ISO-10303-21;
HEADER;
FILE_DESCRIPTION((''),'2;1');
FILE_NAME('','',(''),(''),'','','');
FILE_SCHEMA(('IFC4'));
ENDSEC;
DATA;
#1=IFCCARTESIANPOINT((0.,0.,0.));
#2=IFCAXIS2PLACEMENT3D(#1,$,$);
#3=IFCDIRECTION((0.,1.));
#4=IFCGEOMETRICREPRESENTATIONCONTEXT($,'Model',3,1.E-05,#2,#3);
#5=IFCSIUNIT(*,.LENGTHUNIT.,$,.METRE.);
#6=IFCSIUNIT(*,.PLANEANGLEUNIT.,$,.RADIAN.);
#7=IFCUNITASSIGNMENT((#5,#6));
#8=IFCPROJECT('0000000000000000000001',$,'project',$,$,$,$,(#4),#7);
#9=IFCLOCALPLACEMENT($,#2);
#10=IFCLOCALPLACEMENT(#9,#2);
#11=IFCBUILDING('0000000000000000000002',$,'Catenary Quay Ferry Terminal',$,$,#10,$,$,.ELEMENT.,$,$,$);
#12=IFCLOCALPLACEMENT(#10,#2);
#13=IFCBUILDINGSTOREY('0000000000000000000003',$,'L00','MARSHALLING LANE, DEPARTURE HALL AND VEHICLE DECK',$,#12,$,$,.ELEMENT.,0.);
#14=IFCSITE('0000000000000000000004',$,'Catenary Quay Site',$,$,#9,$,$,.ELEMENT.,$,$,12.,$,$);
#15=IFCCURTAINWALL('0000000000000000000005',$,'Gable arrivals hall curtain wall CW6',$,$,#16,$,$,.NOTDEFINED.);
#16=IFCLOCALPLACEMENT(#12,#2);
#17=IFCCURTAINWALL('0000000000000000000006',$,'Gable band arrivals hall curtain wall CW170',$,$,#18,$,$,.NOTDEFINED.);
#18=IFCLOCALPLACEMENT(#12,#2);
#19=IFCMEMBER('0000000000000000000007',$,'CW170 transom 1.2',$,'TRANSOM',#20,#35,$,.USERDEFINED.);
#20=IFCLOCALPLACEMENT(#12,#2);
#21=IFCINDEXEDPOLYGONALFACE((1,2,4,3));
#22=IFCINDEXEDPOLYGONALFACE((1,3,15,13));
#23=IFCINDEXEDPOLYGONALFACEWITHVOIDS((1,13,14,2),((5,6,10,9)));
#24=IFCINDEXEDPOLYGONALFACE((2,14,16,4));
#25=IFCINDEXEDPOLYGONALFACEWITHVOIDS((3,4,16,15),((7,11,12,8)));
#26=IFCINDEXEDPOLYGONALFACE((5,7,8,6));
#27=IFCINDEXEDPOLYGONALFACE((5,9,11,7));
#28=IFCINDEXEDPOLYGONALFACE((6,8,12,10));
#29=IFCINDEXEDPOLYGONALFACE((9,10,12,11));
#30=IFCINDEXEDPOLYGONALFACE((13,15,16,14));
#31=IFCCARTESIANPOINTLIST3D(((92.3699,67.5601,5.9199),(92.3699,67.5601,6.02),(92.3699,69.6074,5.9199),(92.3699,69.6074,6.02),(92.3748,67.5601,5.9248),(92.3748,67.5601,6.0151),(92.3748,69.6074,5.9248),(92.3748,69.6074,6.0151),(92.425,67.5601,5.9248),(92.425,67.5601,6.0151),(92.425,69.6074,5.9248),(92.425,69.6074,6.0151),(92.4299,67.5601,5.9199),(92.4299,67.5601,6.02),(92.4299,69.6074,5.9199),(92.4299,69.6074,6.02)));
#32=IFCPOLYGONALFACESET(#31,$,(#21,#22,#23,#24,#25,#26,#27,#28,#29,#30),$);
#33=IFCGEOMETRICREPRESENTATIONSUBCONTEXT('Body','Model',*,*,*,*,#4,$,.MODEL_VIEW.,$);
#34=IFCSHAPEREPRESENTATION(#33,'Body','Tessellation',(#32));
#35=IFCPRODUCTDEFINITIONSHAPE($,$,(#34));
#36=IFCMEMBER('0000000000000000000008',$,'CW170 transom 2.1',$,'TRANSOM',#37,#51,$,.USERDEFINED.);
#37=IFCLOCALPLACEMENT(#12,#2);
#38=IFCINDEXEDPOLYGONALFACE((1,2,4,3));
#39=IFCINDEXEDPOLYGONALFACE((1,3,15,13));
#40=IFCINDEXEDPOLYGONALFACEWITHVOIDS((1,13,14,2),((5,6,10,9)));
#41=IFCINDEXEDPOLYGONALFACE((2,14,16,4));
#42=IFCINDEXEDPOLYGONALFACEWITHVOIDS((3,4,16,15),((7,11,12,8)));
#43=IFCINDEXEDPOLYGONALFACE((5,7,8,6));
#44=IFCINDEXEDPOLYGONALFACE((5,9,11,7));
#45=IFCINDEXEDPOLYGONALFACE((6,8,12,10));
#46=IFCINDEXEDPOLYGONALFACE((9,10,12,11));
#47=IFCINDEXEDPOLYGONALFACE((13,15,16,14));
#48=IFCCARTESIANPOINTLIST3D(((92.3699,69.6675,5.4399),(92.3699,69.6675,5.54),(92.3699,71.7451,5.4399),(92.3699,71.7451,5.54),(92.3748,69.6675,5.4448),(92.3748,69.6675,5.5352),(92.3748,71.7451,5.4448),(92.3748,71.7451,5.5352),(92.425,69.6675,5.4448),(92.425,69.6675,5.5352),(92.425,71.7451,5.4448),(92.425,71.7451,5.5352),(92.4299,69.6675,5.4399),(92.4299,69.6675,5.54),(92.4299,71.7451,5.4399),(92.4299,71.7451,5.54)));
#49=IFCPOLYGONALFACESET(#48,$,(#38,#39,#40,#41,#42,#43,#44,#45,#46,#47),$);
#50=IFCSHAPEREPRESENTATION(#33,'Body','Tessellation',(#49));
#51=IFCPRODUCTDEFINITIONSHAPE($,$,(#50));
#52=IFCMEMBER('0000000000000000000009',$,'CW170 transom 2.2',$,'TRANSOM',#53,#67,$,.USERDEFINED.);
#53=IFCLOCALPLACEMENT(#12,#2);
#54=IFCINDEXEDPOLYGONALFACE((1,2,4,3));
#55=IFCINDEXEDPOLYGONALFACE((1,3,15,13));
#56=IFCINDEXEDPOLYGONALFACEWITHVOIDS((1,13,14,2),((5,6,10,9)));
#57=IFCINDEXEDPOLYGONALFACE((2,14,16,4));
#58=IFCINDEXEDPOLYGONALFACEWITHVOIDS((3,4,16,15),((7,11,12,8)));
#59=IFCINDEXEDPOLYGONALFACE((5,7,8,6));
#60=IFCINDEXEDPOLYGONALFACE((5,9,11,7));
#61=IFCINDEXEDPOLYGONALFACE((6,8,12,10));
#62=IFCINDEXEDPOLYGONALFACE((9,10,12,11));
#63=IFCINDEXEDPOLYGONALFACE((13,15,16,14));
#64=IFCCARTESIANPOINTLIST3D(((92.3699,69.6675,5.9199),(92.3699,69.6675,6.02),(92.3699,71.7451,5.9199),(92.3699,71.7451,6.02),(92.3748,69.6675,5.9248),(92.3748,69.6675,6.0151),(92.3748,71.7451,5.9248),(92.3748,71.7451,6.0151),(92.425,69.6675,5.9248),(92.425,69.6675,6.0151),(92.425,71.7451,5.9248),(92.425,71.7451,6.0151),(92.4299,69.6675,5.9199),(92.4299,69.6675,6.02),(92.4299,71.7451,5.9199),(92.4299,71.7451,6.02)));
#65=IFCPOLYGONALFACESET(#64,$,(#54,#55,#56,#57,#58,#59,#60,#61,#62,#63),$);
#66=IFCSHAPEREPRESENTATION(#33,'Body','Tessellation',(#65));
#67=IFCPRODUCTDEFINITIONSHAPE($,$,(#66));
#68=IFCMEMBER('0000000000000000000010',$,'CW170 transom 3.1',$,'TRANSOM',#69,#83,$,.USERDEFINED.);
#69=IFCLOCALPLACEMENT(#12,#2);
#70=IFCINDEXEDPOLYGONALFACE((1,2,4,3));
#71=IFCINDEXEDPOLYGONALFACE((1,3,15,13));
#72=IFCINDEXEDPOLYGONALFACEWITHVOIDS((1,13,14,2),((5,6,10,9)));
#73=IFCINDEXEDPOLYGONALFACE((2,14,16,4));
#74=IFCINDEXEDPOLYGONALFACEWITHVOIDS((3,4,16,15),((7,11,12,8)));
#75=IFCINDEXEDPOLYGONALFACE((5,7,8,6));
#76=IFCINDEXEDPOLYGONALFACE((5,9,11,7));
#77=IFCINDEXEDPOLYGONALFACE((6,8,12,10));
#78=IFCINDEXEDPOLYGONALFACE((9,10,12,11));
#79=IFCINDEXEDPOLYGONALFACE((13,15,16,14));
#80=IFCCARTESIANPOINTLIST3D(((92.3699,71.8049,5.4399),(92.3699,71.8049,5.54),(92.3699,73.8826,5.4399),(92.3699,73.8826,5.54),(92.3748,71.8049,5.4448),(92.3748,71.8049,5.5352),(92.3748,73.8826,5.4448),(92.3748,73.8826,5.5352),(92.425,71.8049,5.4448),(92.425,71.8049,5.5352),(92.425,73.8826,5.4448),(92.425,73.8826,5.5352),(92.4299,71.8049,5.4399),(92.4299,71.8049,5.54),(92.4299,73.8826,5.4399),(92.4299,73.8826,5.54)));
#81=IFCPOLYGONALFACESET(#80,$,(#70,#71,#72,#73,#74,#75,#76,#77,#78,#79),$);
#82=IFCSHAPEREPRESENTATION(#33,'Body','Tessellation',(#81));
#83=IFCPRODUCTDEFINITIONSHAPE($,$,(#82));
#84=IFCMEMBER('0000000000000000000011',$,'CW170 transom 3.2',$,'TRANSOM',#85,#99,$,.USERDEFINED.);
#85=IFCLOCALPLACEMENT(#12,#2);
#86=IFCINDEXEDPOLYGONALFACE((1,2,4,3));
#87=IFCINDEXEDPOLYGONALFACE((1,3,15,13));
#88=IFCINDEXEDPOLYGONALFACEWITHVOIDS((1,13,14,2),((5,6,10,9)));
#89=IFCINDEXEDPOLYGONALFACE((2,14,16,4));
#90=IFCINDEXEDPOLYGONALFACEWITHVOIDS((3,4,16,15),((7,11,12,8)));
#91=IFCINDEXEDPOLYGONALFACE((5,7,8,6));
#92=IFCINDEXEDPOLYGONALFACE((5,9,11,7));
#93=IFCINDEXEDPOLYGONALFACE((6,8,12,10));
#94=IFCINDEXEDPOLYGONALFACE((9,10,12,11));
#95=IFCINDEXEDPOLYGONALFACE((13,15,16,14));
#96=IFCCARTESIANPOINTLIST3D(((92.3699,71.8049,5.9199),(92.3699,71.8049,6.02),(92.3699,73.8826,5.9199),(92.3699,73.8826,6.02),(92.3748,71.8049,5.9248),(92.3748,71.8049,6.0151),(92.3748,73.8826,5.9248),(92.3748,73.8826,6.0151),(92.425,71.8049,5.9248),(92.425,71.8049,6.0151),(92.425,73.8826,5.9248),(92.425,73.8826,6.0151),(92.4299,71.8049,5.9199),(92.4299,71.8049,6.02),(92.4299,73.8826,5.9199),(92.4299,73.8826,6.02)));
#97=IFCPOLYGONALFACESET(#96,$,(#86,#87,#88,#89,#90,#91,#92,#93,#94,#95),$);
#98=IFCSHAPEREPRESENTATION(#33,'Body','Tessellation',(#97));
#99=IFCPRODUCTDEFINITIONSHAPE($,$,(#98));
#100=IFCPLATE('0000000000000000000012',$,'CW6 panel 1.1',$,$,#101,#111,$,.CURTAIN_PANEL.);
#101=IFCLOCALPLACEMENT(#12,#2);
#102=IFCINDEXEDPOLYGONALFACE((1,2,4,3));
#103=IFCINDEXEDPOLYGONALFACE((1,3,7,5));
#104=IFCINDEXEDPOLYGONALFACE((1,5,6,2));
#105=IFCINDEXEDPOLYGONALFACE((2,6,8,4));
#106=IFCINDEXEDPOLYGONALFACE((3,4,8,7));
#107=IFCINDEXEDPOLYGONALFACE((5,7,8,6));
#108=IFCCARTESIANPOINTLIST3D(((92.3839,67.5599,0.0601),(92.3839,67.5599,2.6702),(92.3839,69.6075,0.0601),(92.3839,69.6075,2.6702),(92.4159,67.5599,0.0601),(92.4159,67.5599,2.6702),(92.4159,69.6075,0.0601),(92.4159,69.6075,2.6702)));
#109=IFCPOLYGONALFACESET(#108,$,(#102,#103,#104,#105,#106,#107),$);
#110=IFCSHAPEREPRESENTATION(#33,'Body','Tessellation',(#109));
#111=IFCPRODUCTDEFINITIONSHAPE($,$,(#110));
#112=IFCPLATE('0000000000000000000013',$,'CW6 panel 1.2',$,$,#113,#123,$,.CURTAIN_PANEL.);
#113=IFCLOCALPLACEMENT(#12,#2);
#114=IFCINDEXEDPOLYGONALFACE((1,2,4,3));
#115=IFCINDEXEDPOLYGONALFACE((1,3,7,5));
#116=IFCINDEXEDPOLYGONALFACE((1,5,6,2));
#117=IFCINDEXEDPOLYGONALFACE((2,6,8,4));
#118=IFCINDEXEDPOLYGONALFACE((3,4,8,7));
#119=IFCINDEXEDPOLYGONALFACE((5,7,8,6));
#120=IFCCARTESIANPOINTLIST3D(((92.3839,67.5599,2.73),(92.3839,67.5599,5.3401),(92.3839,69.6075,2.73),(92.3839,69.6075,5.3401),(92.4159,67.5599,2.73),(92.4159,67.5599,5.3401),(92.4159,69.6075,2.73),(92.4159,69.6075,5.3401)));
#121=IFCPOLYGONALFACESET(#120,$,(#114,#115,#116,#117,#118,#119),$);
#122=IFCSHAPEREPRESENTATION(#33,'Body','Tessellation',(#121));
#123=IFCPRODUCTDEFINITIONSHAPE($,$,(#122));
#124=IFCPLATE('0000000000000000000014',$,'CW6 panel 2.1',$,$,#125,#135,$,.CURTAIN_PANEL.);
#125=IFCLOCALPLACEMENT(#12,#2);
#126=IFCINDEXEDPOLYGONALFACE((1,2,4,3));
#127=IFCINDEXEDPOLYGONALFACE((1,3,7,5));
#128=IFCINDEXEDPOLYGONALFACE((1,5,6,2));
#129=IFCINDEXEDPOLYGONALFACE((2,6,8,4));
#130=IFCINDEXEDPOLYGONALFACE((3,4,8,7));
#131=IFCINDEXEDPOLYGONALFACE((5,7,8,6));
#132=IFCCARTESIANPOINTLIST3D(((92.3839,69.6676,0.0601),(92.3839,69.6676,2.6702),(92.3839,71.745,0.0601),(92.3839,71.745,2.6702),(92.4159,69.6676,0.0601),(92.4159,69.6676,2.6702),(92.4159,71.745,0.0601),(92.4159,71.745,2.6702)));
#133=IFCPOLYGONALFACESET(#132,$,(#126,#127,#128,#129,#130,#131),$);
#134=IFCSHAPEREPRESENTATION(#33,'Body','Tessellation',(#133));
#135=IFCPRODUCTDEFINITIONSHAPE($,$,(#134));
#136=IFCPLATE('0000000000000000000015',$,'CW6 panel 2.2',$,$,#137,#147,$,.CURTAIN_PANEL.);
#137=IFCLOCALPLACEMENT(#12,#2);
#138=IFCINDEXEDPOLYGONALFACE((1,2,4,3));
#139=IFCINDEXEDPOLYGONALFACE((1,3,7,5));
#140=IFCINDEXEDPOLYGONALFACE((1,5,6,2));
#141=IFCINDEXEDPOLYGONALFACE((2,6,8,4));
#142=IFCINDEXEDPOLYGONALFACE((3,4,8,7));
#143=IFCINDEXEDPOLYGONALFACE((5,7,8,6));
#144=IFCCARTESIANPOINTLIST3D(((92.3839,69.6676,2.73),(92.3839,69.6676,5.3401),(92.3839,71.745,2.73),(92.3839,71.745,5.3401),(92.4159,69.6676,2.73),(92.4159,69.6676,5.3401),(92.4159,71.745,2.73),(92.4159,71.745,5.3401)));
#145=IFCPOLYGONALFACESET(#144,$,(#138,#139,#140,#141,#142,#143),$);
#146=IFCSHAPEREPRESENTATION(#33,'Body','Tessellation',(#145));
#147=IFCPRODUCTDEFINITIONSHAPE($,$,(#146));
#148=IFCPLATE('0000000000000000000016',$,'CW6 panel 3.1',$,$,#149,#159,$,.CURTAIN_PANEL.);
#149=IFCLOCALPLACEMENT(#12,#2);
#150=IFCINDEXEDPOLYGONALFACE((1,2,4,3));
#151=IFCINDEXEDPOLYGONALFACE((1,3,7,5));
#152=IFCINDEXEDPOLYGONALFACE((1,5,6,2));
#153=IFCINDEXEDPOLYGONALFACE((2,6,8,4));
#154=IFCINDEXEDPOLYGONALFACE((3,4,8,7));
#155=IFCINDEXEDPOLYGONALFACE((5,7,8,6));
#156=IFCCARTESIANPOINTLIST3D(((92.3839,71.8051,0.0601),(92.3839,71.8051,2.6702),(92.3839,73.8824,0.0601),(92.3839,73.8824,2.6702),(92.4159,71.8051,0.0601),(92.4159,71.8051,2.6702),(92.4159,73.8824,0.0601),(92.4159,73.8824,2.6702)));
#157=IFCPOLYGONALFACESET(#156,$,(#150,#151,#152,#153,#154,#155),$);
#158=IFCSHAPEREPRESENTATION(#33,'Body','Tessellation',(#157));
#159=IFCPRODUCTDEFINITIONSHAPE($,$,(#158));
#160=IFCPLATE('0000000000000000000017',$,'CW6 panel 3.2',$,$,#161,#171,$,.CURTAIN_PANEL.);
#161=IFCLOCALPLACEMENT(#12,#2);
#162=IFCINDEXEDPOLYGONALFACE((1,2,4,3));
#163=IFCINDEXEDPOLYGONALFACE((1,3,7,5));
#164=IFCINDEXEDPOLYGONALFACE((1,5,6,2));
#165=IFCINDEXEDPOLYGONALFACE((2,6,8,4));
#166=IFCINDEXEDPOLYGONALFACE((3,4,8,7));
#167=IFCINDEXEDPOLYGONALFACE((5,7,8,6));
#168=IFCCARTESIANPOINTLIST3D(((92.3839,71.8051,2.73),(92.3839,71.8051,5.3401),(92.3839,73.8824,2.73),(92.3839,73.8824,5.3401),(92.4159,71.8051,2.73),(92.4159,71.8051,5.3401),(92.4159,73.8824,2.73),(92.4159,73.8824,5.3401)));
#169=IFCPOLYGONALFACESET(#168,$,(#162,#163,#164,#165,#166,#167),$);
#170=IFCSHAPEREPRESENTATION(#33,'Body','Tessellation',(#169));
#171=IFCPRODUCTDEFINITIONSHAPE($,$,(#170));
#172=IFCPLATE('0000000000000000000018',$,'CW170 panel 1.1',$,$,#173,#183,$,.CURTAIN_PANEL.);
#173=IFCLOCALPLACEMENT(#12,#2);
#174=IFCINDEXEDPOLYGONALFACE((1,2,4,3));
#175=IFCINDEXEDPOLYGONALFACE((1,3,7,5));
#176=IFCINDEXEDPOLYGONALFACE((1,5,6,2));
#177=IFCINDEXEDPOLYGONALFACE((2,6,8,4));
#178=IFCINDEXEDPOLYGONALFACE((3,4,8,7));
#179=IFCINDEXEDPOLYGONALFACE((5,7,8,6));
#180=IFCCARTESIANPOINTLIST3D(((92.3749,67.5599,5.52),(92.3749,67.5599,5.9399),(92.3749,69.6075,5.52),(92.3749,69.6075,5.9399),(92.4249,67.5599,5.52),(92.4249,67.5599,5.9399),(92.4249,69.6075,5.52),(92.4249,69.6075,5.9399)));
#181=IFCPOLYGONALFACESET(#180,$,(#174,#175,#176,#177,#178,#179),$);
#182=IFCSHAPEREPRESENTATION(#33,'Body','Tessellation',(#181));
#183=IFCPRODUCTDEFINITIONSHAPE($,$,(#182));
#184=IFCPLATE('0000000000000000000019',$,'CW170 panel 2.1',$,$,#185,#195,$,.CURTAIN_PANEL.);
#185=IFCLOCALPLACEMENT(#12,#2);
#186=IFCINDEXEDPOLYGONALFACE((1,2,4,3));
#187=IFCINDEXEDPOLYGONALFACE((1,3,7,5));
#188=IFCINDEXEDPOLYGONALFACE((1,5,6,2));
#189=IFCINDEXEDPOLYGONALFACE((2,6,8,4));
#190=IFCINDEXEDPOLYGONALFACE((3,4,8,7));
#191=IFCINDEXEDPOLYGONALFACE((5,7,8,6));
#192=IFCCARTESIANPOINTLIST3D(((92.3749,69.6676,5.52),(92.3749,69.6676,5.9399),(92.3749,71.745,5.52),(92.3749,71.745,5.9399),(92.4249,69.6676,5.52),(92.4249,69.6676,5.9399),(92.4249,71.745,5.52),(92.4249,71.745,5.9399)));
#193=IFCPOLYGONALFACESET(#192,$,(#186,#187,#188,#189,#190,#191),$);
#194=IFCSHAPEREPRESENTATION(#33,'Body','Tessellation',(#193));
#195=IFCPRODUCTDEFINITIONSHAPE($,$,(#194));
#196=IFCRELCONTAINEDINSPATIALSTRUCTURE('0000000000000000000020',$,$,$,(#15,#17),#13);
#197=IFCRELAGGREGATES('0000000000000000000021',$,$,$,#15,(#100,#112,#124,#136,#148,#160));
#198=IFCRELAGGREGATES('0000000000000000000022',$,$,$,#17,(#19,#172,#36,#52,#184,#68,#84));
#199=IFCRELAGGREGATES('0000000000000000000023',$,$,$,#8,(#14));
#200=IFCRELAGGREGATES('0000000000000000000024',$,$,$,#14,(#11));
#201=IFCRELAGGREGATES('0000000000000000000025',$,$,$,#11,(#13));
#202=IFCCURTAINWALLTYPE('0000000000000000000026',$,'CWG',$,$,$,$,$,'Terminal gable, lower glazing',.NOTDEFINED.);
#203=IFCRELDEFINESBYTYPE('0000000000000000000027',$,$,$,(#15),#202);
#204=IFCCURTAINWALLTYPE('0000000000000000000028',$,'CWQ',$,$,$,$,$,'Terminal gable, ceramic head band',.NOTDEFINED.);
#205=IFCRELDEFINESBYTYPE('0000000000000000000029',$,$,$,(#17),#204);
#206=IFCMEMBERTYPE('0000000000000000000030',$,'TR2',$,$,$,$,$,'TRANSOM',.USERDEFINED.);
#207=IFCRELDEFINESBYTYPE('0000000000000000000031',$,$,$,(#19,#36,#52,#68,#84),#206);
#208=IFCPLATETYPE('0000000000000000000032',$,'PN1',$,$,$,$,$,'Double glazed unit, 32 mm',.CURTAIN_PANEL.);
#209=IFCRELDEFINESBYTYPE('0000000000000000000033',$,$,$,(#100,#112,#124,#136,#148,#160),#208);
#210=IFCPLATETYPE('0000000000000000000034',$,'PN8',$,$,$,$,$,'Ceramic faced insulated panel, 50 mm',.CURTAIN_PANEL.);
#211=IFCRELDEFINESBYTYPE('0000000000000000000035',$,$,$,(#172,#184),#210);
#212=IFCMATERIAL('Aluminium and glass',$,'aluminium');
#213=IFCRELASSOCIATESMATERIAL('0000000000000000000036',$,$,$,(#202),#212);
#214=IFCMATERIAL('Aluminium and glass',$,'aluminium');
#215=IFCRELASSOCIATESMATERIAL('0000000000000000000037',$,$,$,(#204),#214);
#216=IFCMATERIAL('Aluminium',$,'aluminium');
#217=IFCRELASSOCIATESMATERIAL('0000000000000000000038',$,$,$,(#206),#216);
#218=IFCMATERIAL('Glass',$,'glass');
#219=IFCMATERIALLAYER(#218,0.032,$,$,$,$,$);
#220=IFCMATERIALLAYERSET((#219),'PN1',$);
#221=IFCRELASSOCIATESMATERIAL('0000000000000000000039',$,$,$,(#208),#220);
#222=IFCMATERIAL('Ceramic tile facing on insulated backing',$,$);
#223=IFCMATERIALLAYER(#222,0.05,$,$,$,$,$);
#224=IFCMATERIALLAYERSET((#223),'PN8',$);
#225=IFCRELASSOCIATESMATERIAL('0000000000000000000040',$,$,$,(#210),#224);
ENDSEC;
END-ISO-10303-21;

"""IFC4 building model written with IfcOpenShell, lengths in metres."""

from ifc_helpers import new_model, si_unit, direction, frame, origin, origin_2d, place, context, subcontext, project, spatial, rectangle, hollow_rectangle, extrude, material, layer, layer_set, material_profile, profile_set, type_object, element, aggregate, save


model = new_model("IFC4")

# Units and contexts
model_context = context("Model", 3, precision=1e-05, world=origin(), true_north=direction((0.0, 1.0)))
body_context = subcontext(model_context, "Body", "Model", "MODEL_VIEW")
ifc_project = project(units=[si_unit("LENGTHUNIT", "METRE"), si_unit("PLANEANGLEUNIT", "RADIAN")], contexts=[model_context])

# Site, building, storey
site_placement = place(None, origin())
site = spatial("IfcSite", under=ifc_project, at=site_placement, Name="Catenary Quay Site", CompositionType="ELEMENT", RefElevation=12.0)
building_placement = place(site_placement, origin())
building = spatial("IfcBuilding", under=site, at=building_placement, Name="Catenary Quay Ferry Terminal", CompositionType="ELEMENT")
storey_placement = place(building_placement, origin())
storey = spatial("IfcBuildingStorey", under=building, at=storey_placement, Name="L00", Description="MARSHALLING LANE, DEPARTURE HALL AND VEHICLE DECK", CompositionType="ELEMENT", Elevation=0.0)

# Curtain walls
ifc_material_1 = material(Name="Aluminium and glass", Category="aluminium")
curtain_wall_type_1 = type_object("IfcCurtainWallType", Name="CWG", ElementType="Terminal gable, lower glazing", PredefinedType="NOTDEFINED", material=ifc_material_1)
curtain_wall_1_placement = place(storey_placement, origin())
curtain_wall_1 = element("IfcCurtainWall", 1, at=curtain_wall_1_placement, inside=storey, type_object=curtain_wall_type_1, Name="Gable arrivals hall curtain wall CW6", PredefinedType="NOTDEFINED")
ifc_material_2 = material(Name="Aluminium and glass", Category="aluminium")
curtain_wall_type_2 = type_object("IfcCurtainWallType", Name="CWQ", ElementType="Terminal gable, ceramic head band", PredefinedType="NOTDEFINED", material=ifc_material_2)
curtain_wall_2_placement = place(storey_placement, origin())
curtain_wall_2 = element("IfcCurtainWall", 2, at=curtain_wall_2_placement, inside=storey, type_object=curtain_wall_type_2, Name="Gable band arrivals hall curtain wall CW170", PredefinedType="NOTDEFINED")

# Members
ifc_material_3 = material(Name="Aluminium", Category="aluminium")
ifc_material_profile_1 = material_profile(ifc_material_3, hollow_rectangle(XDim=0.0601, YDim=0.1001, WallThickness=0.0049, at=origin_2d()), Name="TR2")
ifc_profile_set_1 = profile_set([ifc_material_profile_1], Name="Aluminium")
member_type_1 = type_object("IfcMemberType", Name="TR2", ElementType="TRANSOM", PredefinedType="USERDEFINED", material=ifc_profile_set_1)
member_1_placement = place(storey_placement, frame((92.3999, 67.5601, 5.97), z_axis=(0.0, 1.0, 0.0), x_axis=(-1.0, 0.0, 0.0)))
member_1 = element("IfcMember", 3, at=member_1_placement, type_object=member_type_1, Name="CW170 transom 1.2", ObjectType="TRANSOM", PredefinedType="USERDEFINED", context=body_context, shape_type="SweptSolid", body=[
    extrude(hollow_rectangle(XDim=0.0601, YDim=0.1001, WallThickness=0.0049, at=origin_2d()), origin(), (0.0, 0.0, 1.0), 2.0474),
])
member_2_placement = place(storey_placement, frame((92.3999, 69.6675, 5.49), z_axis=(0.0, 1.0, 0.0), x_axis=(-1.0, 0.0, 0.0)))
member_2 = element("IfcMember", 4, at=member_2_placement, type_object=member_type_1, Name="CW170 transom 2.1", ObjectType="TRANSOM", PredefinedType="USERDEFINED", context=body_context, shape_type="SweptSolid", body=[
    extrude(hollow_rectangle(XDim=0.0601, YDim=0.1001, WallThickness=0.0049, at=origin_2d()), origin(), (0.0, 0.0, 1.0), 2.0776),
])
member_3_placement = place(storey_placement, frame((92.3999, 69.6675, 5.97), z_axis=(0.0, 1.0, 0.0), x_axis=(-1.0, 0.0, 0.0)))
member_3 = element("IfcMember", 5, at=member_3_placement, type_object=member_type_1, Name="CW170 transom 2.2", ObjectType="TRANSOM", PredefinedType="USERDEFINED", context=body_context, shape_type="SweptSolid", body=[
    extrude(hollow_rectangle(XDim=0.0601, YDim=0.1001, WallThickness=0.0049, at=origin_2d()), origin(), (0.0, 0.0, 1.0), 2.0776),
])
member_4_placement = place(storey_placement, frame((92.3999, 71.8049, 5.49), z_axis=(0.0, 1.0, 0.0), x_axis=(-1.0, 0.0, 0.0)))
member_4 = element("IfcMember", 6, at=member_4_placement, type_object=member_type_1, Name="CW170 transom 3.1", ObjectType="TRANSOM", PredefinedType="USERDEFINED", context=body_context, shape_type="SweptSolid", body=[
    extrude(hollow_rectangle(XDim=0.0601, YDim=0.1001, WallThickness=0.0049, at=origin_2d()), origin(), (0.0, 0.0, 1.0), 2.0776),
])
member_5_placement = place(storey_placement, frame((92.3999, 71.8049, 5.97), z_axis=(0.0, 1.0, 0.0), x_axis=(-1.0, 0.0, 0.0)))
member_5 = element("IfcMember", 7, at=member_5_placement, type_object=member_type_1, Name="CW170 transom 3.2", ObjectType="TRANSOM", PredefinedType="USERDEFINED", context=body_context, shape_type="SweptSolid", body=[
    extrude(hollow_rectangle(XDim=0.0601, YDim=0.1001, WallThickness=0.0049, at=origin_2d()), origin(), (0.0, 0.0, 1.0), 2.0776),
])

# Plates
ifc_material_4 = material(Name="Glass", Category="glass")
ifc_layer_1 = layer(ifc_material_4, 0.032)
ifc_layer_set_1 = layer_set([ifc_layer_1], Name="PN1")
plate_type_1 = type_object("IfcPlateType", Name="PN1", ElementType="Double glazed unit, 32 mm", PredefinedType="CURTAIN_PANEL", material=ifc_layer_set_1)
plate_1_placement = place(storey_placement, frame((92.3999, 68.5837, 0.0601), z_axis=(0.0, 0.0, 1.0), x_axis=(0.0, 1.0, 0.0)))
plate_1 = element("IfcPlate", 8, at=plate_1_placement, type_object=plate_type_1, Name="CW6 panel 1.1", PredefinedType="CURTAIN_PANEL", context=body_context, shape_type="SweptSolid", body=[
    extrude(rectangle(XDim=2.0476, YDim=0.032, at=origin_2d()), origin(), (0.0, 0.0, 1.0), 2.6101),
])
plate_2_placement = place(storey_placement, frame((92.3999, 68.5837, 2.73), z_axis=(0.0, 0.0, 1.0), x_axis=(0.0, 1.0, 0.0)))
plate_2 = element("IfcPlate", 9, at=plate_2_placement, type_object=plate_type_1, Name="CW6 panel 1.2", PredefinedType="CURTAIN_PANEL", context=body_context, shape_type="SweptSolid", body=[
    extrude(rectangle(XDim=2.0476, YDim=0.032, at=origin_2d()), origin(), (0.0, 0.0, 1.0), 2.6101),
])
plate_3_placement = place(storey_placement, frame((92.3999, 70.7063, 0.0601), z_axis=(0.0, 0.0, 1.0), x_axis=(0.0, 1.0, 0.0)))
plate_3 = element("IfcPlate", 10, at=plate_3_placement, type_object=plate_type_1, Name="CW6 panel 2.1", PredefinedType="CURTAIN_PANEL", context=body_context, shape_type="SweptSolid", body=[
    extrude(rectangle(XDim=2.0774, YDim=0.032, at=origin_2d()), origin(), (0.0, 0.0, 1.0), 2.6101),
])
plate_4_placement = place(storey_placement, frame((92.3999, 70.7063, 2.73), z_axis=(0.0, 0.0, 1.0), x_axis=(0.0, 1.0, 0.0)))
plate_4 = element("IfcPlate", 11, at=plate_4_placement, type_object=plate_type_1, Name="CW6 panel 2.2", PredefinedType="CURTAIN_PANEL", context=body_context, shape_type="SweptSolid", body=[
    extrude(rectangle(XDim=2.0774, YDim=0.032, at=origin_2d()), origin(), (0.0, 0.0, 1.0), 2.6101),
])
plate_5_placement = place(storey_placement, frame((92.3999, 72.8438, 0.0601), z_axis=(0.0, 0.0, 1.0), x_axis=(0.0, 1.0, 0.0)))
plate_5 = element("IfcPlate", 12, at=plate_5_placement, type_object=plate_type_1, Name="CW6 panel 3.1", PredefinedType="CURTAIN_PANEL", context=body_context, shape_type="SweptSolid", body=[
    extrude(rectangle(XDim=2.0774, YDim=0.032, at=origin_2d()), origin(), (0.0, 0.0, 1.0), 2.6101),
])
plate_6_placement = place(storey_placement, frame((92.3999, 72.8438, 2.73), z_axis=(0.0, 0.0, 1.0), x_axis=(0.0, 1.0, 0.0)))
plate_6 = element("IfcPlate", 13, at=plate_6_placement, type_object=plate_type_1, Name="CW6 panel 3.2", PredefinedType="CURTAIN_PANEL", context=body_context, shape_type="SweptSolid", body=[
    extrude(rectangle(XDim=2.0774, YDim=0.032, at=origin_2d()), origin(), (0.0, 0.0, 1.0), 2.6101),
])
aggregate(curtain_wall_1, [plate_1, plate_2, plate_3, plate_4, plate_5, plate_6])
ifc_material_5 = material(Name="Ceramic tile facing on insulated backing")
ifc_layer_2 = layer(ifc_material_5, 0.05)
ifc_layer_set_2 = layer_set([ifc_layer_2], Name="PN8")
plate_type_2 = type_object("IfcPlateType", Name="PN8", ElementType="Ceramic faced insulated panel, 50 mm", PredefinedType="CURTAIN_PANEL", material=ifc_layer_set_2)
plate_7_placement = place(storey_placement, frame((92.3999, 68.5837, 5.52), z_axis=(0.0, 0.0, 1.0), x_axis=(0.0, 1.0, 0.0)))
plate_7 = element("IfcPlate", 14, at=plate_7_placement, type_object=plate_type_2, Name="CW170 panel 1.1", PredefinedType="CURTAIN_PANEL", context=body_context, shape_type="SweptSolid", body=[
    extrude(rectangle(XDim=2.0476, YDim=0.05, at=origin_2d()), origin(), (0.0, 0.0, 1.0), 0.4199),
])
plate_8_placement = place(storey_placement, frame((92.3999, 70.7063, 5.52), z_axis=(0.0, 0.0, 1.0), x_axis=(0.0, 1.0, 0.0)))
plate_8 = element("IfcPlate", 15, at=plate_8_placement, type_object=plate_type_2, Name="CW170 panel 2.1", PredefinedType="CURTAIN_PANEL", context=body_context, shape_type="SweptSolid", body=[
    extrude(rectangle(XDim=2.0774, YDim=0.05, at=origin_2d()), origin(), (0.0, 0.0, 1.0), 0.4199),
])
aggregate(curtain_wall_2, [member_1, plate_7, member_2, member_3, plate_8, member_4, member_5])

save(model, "model.ifc")
